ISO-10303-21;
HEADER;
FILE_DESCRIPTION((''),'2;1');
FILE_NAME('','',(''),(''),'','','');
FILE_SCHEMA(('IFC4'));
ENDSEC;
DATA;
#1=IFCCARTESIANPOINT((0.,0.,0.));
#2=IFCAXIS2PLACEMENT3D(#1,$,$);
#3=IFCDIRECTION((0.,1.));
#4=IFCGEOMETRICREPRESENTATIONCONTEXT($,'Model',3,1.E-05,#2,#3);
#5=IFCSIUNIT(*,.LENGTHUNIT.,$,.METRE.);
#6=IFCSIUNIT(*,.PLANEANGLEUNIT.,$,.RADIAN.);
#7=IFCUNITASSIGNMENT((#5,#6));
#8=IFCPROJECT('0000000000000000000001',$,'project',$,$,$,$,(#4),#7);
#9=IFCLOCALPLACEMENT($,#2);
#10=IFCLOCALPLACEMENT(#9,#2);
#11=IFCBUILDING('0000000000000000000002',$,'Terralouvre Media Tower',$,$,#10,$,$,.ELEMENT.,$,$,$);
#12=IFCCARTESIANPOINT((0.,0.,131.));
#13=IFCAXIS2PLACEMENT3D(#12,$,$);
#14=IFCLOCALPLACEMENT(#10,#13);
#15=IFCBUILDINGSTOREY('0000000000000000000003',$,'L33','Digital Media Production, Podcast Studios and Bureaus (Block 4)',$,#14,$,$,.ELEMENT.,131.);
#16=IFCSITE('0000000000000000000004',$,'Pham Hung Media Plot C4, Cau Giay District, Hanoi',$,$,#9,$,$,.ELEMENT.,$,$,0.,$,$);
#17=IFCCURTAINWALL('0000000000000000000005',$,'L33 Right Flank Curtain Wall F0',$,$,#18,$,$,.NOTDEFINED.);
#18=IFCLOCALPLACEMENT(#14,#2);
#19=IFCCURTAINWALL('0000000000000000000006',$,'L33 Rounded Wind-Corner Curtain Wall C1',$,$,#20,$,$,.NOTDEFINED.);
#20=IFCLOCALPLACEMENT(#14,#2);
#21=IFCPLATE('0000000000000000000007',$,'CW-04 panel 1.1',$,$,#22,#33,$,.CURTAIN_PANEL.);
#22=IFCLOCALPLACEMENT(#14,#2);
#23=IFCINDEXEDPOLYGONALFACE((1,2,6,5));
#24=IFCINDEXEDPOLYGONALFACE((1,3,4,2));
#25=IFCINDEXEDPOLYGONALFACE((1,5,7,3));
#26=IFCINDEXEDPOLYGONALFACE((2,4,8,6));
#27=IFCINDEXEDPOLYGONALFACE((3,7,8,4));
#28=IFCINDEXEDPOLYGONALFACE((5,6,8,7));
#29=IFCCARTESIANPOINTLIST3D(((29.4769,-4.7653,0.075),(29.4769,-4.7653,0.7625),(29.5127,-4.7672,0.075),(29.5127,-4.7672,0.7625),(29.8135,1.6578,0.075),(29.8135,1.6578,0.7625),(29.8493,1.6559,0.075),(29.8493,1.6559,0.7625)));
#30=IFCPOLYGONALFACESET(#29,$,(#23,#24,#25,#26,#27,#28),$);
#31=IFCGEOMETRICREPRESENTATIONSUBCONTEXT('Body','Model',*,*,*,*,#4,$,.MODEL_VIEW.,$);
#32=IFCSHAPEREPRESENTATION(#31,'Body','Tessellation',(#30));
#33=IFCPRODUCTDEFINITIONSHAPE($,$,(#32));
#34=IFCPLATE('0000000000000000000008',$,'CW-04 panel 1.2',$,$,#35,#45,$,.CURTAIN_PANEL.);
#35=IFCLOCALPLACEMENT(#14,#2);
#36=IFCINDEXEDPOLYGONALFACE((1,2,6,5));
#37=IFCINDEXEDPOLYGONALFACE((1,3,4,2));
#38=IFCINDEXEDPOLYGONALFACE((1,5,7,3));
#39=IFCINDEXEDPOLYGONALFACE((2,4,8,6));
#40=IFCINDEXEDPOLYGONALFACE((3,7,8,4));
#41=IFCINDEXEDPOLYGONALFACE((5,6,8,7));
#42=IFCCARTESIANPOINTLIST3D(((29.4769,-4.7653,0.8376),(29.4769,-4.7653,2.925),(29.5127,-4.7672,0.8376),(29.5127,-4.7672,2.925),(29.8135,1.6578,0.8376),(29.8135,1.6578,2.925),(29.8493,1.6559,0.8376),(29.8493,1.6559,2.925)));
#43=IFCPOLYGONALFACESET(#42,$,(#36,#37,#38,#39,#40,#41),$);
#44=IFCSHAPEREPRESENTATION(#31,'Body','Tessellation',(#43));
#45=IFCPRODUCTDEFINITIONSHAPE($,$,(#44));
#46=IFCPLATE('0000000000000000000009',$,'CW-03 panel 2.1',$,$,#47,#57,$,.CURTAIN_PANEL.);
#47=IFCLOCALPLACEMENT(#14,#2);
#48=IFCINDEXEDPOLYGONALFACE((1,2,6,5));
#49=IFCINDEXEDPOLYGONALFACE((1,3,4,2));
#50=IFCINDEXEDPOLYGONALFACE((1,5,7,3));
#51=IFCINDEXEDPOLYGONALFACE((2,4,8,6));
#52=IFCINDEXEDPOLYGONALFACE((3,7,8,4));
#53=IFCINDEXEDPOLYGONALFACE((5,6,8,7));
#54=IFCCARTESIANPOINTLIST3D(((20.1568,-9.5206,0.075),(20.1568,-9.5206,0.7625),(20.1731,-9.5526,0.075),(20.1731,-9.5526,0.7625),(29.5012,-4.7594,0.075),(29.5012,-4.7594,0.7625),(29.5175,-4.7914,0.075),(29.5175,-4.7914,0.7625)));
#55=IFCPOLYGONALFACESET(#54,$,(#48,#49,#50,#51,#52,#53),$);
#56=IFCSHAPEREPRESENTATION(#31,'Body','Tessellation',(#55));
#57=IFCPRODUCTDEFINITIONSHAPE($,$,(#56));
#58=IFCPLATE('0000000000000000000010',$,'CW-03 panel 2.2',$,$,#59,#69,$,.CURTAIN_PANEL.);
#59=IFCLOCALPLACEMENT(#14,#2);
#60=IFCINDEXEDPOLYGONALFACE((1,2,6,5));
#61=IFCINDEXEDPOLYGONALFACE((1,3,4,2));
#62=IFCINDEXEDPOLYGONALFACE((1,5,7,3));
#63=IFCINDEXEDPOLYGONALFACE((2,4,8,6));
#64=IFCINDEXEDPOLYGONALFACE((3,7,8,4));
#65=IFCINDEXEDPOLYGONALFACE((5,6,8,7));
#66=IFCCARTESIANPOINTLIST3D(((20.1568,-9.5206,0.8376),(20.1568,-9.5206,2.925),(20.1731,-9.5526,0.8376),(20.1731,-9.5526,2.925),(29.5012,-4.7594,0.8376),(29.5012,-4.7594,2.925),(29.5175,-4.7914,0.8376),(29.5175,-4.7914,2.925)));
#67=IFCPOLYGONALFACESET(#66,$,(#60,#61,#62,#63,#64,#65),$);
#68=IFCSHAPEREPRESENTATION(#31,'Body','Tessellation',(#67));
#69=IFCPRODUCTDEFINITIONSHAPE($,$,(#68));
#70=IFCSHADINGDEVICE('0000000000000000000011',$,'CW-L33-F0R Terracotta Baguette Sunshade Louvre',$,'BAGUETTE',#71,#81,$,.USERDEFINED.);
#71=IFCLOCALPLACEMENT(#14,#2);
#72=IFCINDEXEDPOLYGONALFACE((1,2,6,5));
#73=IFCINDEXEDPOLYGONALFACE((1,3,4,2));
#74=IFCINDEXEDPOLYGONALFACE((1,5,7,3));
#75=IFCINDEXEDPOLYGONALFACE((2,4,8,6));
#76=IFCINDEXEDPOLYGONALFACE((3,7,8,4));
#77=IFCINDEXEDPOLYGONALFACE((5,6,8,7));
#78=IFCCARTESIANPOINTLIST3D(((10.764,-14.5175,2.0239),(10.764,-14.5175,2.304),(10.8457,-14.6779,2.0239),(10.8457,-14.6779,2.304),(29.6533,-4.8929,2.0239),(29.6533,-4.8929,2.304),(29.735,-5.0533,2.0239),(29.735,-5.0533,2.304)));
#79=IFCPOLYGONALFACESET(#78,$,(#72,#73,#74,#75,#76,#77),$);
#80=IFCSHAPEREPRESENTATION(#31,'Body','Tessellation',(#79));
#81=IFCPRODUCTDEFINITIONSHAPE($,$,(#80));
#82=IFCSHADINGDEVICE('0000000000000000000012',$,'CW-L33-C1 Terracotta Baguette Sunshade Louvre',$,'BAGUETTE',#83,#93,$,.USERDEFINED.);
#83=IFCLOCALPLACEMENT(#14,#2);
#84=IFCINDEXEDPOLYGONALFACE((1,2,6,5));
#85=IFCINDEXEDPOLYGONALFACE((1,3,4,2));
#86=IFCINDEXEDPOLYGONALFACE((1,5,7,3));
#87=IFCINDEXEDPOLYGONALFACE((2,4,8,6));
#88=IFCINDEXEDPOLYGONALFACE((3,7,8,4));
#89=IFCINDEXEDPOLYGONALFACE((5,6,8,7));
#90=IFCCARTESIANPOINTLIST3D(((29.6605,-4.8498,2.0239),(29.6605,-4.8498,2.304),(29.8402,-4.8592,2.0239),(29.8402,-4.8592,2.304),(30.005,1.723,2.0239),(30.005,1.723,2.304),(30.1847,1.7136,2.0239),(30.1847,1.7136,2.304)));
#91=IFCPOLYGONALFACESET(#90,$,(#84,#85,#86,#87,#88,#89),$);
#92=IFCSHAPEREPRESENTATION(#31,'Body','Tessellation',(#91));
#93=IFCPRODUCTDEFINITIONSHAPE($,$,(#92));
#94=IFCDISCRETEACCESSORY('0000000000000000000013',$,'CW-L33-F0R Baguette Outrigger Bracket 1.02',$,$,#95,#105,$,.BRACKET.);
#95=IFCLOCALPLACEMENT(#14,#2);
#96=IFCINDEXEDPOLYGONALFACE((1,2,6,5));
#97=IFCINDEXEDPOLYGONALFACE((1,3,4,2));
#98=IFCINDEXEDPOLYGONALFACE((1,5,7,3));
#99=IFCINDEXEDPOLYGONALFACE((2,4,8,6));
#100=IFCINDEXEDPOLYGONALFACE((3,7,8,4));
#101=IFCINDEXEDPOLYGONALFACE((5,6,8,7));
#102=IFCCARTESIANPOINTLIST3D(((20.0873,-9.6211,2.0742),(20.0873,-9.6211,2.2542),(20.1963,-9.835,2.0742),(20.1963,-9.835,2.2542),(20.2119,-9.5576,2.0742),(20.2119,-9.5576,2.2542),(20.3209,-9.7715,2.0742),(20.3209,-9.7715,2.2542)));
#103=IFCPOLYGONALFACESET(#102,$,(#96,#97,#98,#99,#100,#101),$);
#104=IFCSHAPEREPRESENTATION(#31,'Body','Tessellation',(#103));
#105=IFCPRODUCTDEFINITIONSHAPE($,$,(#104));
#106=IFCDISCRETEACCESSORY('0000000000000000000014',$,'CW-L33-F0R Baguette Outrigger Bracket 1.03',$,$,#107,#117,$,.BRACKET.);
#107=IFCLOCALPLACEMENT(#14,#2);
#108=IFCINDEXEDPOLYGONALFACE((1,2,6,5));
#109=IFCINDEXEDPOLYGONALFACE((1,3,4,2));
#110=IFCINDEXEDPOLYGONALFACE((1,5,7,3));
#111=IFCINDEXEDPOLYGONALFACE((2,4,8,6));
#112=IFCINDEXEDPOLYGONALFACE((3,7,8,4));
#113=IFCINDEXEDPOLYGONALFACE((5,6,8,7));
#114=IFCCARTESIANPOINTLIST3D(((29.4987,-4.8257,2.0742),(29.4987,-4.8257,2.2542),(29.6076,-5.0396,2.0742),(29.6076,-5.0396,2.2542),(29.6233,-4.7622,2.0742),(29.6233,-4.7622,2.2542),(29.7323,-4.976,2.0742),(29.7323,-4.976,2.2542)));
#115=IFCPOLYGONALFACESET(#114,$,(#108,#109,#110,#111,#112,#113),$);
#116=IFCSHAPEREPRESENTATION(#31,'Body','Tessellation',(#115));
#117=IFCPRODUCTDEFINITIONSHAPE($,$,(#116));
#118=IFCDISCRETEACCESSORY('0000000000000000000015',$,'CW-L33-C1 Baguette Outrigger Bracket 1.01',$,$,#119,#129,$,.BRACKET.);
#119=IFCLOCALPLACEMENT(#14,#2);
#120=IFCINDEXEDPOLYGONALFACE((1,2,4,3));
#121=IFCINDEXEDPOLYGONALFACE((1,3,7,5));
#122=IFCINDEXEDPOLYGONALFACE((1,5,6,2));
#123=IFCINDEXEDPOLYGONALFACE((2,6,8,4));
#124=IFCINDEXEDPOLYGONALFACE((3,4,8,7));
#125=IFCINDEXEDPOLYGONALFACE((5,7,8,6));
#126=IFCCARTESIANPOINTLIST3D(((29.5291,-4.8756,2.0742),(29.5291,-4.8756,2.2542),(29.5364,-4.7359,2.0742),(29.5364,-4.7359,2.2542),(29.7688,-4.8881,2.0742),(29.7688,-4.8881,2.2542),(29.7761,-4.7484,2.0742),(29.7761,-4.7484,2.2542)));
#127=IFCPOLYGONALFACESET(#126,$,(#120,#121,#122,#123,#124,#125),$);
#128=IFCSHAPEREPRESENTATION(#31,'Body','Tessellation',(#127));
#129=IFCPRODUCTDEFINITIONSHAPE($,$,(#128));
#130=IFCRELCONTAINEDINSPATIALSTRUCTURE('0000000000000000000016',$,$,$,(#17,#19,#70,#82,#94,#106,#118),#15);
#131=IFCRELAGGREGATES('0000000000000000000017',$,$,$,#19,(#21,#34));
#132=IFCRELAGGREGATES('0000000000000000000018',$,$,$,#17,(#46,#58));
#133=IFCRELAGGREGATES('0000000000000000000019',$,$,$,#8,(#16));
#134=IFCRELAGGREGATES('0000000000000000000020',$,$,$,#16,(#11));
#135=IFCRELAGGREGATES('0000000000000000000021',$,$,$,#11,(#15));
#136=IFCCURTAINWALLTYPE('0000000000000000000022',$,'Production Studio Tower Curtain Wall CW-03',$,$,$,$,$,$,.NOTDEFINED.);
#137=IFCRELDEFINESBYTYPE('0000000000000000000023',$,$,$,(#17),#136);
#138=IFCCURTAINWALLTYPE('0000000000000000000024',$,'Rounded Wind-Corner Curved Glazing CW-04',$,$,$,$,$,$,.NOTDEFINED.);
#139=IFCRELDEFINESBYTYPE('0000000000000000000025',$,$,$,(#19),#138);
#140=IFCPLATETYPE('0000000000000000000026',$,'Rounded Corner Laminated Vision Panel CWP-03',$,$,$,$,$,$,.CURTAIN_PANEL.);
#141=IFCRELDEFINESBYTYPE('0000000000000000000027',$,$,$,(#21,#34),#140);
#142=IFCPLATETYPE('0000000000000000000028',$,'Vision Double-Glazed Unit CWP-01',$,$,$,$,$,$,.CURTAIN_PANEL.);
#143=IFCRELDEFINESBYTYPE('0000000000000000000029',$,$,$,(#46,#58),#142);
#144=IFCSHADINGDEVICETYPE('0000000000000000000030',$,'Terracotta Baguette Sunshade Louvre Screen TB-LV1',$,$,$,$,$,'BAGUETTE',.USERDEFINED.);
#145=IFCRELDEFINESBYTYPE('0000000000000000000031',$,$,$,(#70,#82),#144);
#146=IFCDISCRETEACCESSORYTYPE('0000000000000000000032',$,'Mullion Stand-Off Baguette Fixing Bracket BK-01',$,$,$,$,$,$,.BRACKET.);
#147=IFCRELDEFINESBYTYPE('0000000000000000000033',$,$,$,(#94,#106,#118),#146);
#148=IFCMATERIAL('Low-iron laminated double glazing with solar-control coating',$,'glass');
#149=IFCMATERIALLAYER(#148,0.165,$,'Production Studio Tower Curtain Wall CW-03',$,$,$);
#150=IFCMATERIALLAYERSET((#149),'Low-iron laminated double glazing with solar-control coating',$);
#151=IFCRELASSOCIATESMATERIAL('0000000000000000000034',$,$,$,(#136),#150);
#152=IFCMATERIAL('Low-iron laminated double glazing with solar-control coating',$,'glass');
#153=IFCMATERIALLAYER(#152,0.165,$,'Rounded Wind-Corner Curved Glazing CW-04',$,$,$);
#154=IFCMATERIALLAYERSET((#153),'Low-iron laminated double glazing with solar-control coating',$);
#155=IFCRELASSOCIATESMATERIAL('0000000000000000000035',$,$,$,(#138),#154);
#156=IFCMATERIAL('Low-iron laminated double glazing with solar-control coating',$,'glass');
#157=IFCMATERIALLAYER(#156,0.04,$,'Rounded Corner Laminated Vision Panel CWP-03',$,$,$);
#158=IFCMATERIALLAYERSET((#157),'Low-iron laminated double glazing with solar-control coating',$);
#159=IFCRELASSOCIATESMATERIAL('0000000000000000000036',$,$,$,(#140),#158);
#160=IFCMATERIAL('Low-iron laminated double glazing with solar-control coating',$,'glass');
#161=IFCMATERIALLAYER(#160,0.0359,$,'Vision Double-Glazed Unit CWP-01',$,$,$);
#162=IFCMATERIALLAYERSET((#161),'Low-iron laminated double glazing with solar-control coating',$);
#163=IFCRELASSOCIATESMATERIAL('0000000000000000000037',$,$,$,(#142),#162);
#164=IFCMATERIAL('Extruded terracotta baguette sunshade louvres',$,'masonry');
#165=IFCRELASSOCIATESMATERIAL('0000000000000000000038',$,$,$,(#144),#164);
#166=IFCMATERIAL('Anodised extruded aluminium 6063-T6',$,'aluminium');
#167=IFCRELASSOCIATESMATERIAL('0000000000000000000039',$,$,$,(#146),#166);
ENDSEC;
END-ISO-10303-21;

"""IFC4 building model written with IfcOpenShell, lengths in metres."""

from ifc_helpers import new_model, si_unit, direction, frame, origin, origin_2d, place, context, subcontext, project, spatial, rectangle, extrude, material, layer, layer_set, type_object, element, aggregate, save


model = new_model("IFC4")

# Units and contexts
model_context = context("Model", 3, precision=1e-05, world=origin(), true_north=direction((0.0, 1.0)))
body_context = subcontext(model_context, "Body", "Model", "MODEL_VIEW")
ifc_project = project(units=[si_unit("LENGTHUNIT", "METRE"), si_unit("PLANEANGLEUNIT", "RADIAN")], contexts=[model_context])

# Site, building, storey
site_placement = place(None, origin())
site = spatial("IfcSite", under=ifc_project, at=site_placement, Name="Pham Hung Media Plot C4, Cau Giay District, Hanoi", CompositionType="ELEMENT", RefElevation=0.0)
building_placement = place(site_placement, origin())
building = spatial("IfcBuilding", under=site, at=building_placement, Name="Terralouvre Media Tower", CompositionType="ELEMENT")
storey_placement = place(building_placement, frame((0.0, 0.0, 131.0)))
storey = spatial("IfcBuildingStorey", under=building, at=storey_placement, Name="L33", Description="Digital Media Production, Podcast Studios and Bureaus (Block 4)", CompositionType="ELEMENT", Elevation=131.0)

# Curtain walls
ifc_material_1 = material(Name="Low-iron laminated double glazing with solar-control coating", Category="glass")
ifc_layer_1 = layer(ifc_material_1, 0.165, Name="Production Studio Tower Curtain Wall CW-03")
ifc_layer_set_1 = layer_set([ifc_layer_1], Name="Low-iron laminated double glazing with solar-control coating")
curtain_wall_type_1 = type_object("IfcCurtainWallType", Name="Production Studio Tower Curtain Wall CW-03", PredefinedType="NOTDEFINED", material=ifc_layer_set_1)
curtain_wall_1_placement = place(storey_placement, origin())
curtain_wall_1 = element("IfcCurtainWall", 1, at=curtain_wall_1_placement, inside=storey, type_object=curtain_wall_type_1, Name="L33 Right Flank Curtain Wall F0", PredefinedType="NOTDEFINED")
ifc_material_2 = material(Name="Low-iron laminated double glazing with solar-control coating", Category="glass")
ifc_layer_2 = layer(ifc_material_2, 0.165, Name="Rounded Wind-Corner Curved Glazing CW-04")
ifc_layer_set_2 = layer_set([ifc_layer_2], Name="Low-iron laminated double glazing with solar-control coating")
curtain_wall_type_2 = type_object("IfcCurtainWallType", Name="Rounded Wind-Corner Curved Glazing CW-04", PredefinedType="NOTDEFINED", material=ifc_layer_set_2)
curtain_wall_2_placement = place(storey_placement, origin())
curtain_wall_2 = element("IfcCurtainWall", 2, at=curtain_wall_2_placement, inside=storey, type_object=curtain_wall_type_2, Name="L33 Rounded Wind-Corner Curtain Wall C1", PredefinedType="NOTDEFINED")

# Plates
ifc_material_3 = material(Name="Low-iron laminated double glazing with solar-control coating", Category="glass")
ifc_layer_3 = layer(ifc_material_3, 0.04, Name="Rounded Corner Laminated Vision Panel CWP-03")
ifc_layer_set_3 = layer_set([ifc_layer_3], Name="Low-iron laminated double glazing with solar-control coating")
plate_type_1 = type_object("IfcPlateType", Name="Rounded Corner Laminated Vision Panel CWP-03", PredefinedType="CURTAIN_PANEL", material=ifc_layer_set_3)
plate_1_placement = place(storey_placement, frame((29.6631, -1.5547, 0.075), z_axis=(0.0, 0.0, 1.0), x_axis=(0.052337, 0.998629, 0.0)))
plate_1 = element("IfcPlate", 3, at=plate_1_placement, type_object=plate_type_1, Name="CW-04 panel 1.1", PredefinedType="CURTAIN_PANEL", context=body_context, shape_type="SweptSolid", body=[
    extrude(rectangle(XDim=6.4319, YDim=0.0359, at=origin_2d()), origin(), (0.0, 0.0, 1.0), 0.6875),
])
plate_2_placement = place(storey_placement, frame((29.6631, -1.5547, 0.8376), z_axis=(0.0, 0.0, 1.0), x_axis=(0.052337, 0.998629, 0.0)))
plate_2 = element("IfcPlate", 4, at=plate_2_placement, type_object=plate_type_1, Name="CW-04 panel 1.2", PredefinedType="CURTAIN_PANEL", context=body_context, shape_type="SweptSolid", body=[
    extrude(rectangle(XDim=6.4319, YDim=0.0359, at=origin_2d()), origin(), (0.0, 0.0, 1.0), 2.0874),
])
aggregate(curtain_wall_2, [plate_1, plate_2])
ifc_material_4 = material(Name="Low-iron laminated double glazing with solar-control coating", Category="glass")
ifc_layer_4 = layer(ifc_material_4, 0.0359, Name="Vision Double-Glazed Unit CWP-01")
ifc_layer_set_4 = layer_set([ifc_layer_4], Name="Low-iron laminated double glazing with solar-control coating")
plate_type_2 = type_object("IfcPlateType", Name="Vision Double-Glazed Unit CWP-01", PredefinedType="CURTAIN_PANEL", material=ifc_layer_set_4)
plate_3_placement = place(storey_placement, frame((24.8372, -7.156, 0.075), z_axis=(0.0, 0.0, 1.0), x_axis=(0.891006, 0.453991, 0.0)))
plate_3 = element("IfcPlate", 5, at=plate_3_placement, type_object=plate_type_2, Name="CW-03 panel 2.1", PredefinedType="CURTAIN_PANEL", context=body_context, shape_type="SweptSolid", body=[
    extrude(rectangle(XDim=10.4875, YDim=0.0359, at=origin_2d()), origin(), (0.0, 0.0, 1.0), 0.6875),
])
plate_4_placement = place(storey_placement, frame((24.8372, -7.156, 0.8376), z_axis=(0.0, 0.0, 1.0), x_axis=(0.891006, 0.453991, 0.0)))
plate_4 = element("IfcPlate", 6, at=plate_4_placement, type_object=plate_type_2, Name="CW-03 panel 2.2", PredefinedType="CURTAIN_PANEL", context=body_context, shape_type="SweptSolid", body=[
    extrude(rectangle(XDim=10.4875, YDim=0.0359, at=origin_2d()), origin(), (0.0, 0.0, 1.0), 2.0874),
])
aggregate(curtain_wall_1, [plate_3, plate_4])

# Shading devices
ifc_material_5 = material(Name="Extruded terracotta baguette sunshade louvres", Category="masonry")
shading_device_type = type_object("IfcShadingDeviceType", Name="Terracotta Baguette Sunshade Louvre Screen TB-LV1", ElementType="BAGUETTE", PredefinedType="USERDEFINED", material=ifc_material_5)
shading_device_1_placement = place(storey_placement, frame((20.2495, -9.7854, 2.0239), z_axis=(0.0, 0.0, 1.0), x_axis=(0.891006, 0.453991, 0.0)))
element("IfcShadingDevice", 7, at=shading_device_1_placement, inside=storey, type_object=shading_device_type, Name="CW-L33-F0R Terracotta Baguette Sunshade Louvre", ObjectType="BAGUETTE", PredefinedType="USERDEFINED", context=body_context, shape_type="SweptSolid", body=[
    extrude(rectangle(XDim=21.2, YDim=0.1799, at=origin_2d()), origin(), (0.0, 0.0, 1.0), 0.28),
])
shading_device_2_placement = place(storey_placement, frame((29.9226, -1.5681, 2.0239), z_axis=(0.0, 0.0, 1.0), x_axis=(0.052337, 0.998629, 0.0)))
element("IfcShadingDevice", 8, at=shading_device_2_placement, inside=storey, type_object=shading_device_type, Name="CW-L33-C1 Terracotta Baguette Sunshade Louvre", ObjectType="BAGUETTE", PredefinedType="USERDEFINED", context=body_context, shape_type="SweptSolid", body=[
    extrude(rectangle(XDim=6.5818, YDim=0.1799, at=origin_2d()), origin(), (0.0, 0.0, 1.0), 0.28),
])

# Discrete accessories
ifc_material_6 = material(Name="Anodised extruded aluminium 6063-T6", Category="aluminium")
discrete_accessory_type = type_object("IfcDiscreteAccessoryType", Name="Mullion Stand-Off Baguette Fixing Bracket BK-01", PredefinedType="BRACKET", material=ifc_material_6)
for number, where, z_axis, x_axis, name in (
    (9, (20.2041, -9.6963, 2.0742), (0.0, 0.0, 1.0), (0.891006, 0.453991, 0.0), "CW-L33-F0R Baguette Outrigger Bracket 1.02"),
    (10, (29.6155, -4.9009, 2.0742), (0.0, 0.0, 1.0), (0.891006, 0.453991, 0.0), "CW-L33-F0R Baguette Outrigger Bracket 1.03"),
    (11, (29.6526, -4.812, 2.0742), (0.0, 0.0, 1.0), (0.052337, 0.998629, 0.0), "CW-L33-C1 Baguette Outrigger Bracket 1.01"),
):
    element("IfcDiscreteAccessory", number, at=place(storey_placement, frame(where, z_axis=z_axis, x_axis=x_axis)), inside=storey, type_object=discrete_accessory_type, Name=name, PredefinedType="BRACKET", context=body_context, shape_type="SweptSolid", body=[
        extrude(rectangle(XDim=0.1399, YDim=0.24, at=origin_2d()), origin(), (0.0, 0.0, 1.0), 0.1799),
    ])

save(model, "model.ifc")
